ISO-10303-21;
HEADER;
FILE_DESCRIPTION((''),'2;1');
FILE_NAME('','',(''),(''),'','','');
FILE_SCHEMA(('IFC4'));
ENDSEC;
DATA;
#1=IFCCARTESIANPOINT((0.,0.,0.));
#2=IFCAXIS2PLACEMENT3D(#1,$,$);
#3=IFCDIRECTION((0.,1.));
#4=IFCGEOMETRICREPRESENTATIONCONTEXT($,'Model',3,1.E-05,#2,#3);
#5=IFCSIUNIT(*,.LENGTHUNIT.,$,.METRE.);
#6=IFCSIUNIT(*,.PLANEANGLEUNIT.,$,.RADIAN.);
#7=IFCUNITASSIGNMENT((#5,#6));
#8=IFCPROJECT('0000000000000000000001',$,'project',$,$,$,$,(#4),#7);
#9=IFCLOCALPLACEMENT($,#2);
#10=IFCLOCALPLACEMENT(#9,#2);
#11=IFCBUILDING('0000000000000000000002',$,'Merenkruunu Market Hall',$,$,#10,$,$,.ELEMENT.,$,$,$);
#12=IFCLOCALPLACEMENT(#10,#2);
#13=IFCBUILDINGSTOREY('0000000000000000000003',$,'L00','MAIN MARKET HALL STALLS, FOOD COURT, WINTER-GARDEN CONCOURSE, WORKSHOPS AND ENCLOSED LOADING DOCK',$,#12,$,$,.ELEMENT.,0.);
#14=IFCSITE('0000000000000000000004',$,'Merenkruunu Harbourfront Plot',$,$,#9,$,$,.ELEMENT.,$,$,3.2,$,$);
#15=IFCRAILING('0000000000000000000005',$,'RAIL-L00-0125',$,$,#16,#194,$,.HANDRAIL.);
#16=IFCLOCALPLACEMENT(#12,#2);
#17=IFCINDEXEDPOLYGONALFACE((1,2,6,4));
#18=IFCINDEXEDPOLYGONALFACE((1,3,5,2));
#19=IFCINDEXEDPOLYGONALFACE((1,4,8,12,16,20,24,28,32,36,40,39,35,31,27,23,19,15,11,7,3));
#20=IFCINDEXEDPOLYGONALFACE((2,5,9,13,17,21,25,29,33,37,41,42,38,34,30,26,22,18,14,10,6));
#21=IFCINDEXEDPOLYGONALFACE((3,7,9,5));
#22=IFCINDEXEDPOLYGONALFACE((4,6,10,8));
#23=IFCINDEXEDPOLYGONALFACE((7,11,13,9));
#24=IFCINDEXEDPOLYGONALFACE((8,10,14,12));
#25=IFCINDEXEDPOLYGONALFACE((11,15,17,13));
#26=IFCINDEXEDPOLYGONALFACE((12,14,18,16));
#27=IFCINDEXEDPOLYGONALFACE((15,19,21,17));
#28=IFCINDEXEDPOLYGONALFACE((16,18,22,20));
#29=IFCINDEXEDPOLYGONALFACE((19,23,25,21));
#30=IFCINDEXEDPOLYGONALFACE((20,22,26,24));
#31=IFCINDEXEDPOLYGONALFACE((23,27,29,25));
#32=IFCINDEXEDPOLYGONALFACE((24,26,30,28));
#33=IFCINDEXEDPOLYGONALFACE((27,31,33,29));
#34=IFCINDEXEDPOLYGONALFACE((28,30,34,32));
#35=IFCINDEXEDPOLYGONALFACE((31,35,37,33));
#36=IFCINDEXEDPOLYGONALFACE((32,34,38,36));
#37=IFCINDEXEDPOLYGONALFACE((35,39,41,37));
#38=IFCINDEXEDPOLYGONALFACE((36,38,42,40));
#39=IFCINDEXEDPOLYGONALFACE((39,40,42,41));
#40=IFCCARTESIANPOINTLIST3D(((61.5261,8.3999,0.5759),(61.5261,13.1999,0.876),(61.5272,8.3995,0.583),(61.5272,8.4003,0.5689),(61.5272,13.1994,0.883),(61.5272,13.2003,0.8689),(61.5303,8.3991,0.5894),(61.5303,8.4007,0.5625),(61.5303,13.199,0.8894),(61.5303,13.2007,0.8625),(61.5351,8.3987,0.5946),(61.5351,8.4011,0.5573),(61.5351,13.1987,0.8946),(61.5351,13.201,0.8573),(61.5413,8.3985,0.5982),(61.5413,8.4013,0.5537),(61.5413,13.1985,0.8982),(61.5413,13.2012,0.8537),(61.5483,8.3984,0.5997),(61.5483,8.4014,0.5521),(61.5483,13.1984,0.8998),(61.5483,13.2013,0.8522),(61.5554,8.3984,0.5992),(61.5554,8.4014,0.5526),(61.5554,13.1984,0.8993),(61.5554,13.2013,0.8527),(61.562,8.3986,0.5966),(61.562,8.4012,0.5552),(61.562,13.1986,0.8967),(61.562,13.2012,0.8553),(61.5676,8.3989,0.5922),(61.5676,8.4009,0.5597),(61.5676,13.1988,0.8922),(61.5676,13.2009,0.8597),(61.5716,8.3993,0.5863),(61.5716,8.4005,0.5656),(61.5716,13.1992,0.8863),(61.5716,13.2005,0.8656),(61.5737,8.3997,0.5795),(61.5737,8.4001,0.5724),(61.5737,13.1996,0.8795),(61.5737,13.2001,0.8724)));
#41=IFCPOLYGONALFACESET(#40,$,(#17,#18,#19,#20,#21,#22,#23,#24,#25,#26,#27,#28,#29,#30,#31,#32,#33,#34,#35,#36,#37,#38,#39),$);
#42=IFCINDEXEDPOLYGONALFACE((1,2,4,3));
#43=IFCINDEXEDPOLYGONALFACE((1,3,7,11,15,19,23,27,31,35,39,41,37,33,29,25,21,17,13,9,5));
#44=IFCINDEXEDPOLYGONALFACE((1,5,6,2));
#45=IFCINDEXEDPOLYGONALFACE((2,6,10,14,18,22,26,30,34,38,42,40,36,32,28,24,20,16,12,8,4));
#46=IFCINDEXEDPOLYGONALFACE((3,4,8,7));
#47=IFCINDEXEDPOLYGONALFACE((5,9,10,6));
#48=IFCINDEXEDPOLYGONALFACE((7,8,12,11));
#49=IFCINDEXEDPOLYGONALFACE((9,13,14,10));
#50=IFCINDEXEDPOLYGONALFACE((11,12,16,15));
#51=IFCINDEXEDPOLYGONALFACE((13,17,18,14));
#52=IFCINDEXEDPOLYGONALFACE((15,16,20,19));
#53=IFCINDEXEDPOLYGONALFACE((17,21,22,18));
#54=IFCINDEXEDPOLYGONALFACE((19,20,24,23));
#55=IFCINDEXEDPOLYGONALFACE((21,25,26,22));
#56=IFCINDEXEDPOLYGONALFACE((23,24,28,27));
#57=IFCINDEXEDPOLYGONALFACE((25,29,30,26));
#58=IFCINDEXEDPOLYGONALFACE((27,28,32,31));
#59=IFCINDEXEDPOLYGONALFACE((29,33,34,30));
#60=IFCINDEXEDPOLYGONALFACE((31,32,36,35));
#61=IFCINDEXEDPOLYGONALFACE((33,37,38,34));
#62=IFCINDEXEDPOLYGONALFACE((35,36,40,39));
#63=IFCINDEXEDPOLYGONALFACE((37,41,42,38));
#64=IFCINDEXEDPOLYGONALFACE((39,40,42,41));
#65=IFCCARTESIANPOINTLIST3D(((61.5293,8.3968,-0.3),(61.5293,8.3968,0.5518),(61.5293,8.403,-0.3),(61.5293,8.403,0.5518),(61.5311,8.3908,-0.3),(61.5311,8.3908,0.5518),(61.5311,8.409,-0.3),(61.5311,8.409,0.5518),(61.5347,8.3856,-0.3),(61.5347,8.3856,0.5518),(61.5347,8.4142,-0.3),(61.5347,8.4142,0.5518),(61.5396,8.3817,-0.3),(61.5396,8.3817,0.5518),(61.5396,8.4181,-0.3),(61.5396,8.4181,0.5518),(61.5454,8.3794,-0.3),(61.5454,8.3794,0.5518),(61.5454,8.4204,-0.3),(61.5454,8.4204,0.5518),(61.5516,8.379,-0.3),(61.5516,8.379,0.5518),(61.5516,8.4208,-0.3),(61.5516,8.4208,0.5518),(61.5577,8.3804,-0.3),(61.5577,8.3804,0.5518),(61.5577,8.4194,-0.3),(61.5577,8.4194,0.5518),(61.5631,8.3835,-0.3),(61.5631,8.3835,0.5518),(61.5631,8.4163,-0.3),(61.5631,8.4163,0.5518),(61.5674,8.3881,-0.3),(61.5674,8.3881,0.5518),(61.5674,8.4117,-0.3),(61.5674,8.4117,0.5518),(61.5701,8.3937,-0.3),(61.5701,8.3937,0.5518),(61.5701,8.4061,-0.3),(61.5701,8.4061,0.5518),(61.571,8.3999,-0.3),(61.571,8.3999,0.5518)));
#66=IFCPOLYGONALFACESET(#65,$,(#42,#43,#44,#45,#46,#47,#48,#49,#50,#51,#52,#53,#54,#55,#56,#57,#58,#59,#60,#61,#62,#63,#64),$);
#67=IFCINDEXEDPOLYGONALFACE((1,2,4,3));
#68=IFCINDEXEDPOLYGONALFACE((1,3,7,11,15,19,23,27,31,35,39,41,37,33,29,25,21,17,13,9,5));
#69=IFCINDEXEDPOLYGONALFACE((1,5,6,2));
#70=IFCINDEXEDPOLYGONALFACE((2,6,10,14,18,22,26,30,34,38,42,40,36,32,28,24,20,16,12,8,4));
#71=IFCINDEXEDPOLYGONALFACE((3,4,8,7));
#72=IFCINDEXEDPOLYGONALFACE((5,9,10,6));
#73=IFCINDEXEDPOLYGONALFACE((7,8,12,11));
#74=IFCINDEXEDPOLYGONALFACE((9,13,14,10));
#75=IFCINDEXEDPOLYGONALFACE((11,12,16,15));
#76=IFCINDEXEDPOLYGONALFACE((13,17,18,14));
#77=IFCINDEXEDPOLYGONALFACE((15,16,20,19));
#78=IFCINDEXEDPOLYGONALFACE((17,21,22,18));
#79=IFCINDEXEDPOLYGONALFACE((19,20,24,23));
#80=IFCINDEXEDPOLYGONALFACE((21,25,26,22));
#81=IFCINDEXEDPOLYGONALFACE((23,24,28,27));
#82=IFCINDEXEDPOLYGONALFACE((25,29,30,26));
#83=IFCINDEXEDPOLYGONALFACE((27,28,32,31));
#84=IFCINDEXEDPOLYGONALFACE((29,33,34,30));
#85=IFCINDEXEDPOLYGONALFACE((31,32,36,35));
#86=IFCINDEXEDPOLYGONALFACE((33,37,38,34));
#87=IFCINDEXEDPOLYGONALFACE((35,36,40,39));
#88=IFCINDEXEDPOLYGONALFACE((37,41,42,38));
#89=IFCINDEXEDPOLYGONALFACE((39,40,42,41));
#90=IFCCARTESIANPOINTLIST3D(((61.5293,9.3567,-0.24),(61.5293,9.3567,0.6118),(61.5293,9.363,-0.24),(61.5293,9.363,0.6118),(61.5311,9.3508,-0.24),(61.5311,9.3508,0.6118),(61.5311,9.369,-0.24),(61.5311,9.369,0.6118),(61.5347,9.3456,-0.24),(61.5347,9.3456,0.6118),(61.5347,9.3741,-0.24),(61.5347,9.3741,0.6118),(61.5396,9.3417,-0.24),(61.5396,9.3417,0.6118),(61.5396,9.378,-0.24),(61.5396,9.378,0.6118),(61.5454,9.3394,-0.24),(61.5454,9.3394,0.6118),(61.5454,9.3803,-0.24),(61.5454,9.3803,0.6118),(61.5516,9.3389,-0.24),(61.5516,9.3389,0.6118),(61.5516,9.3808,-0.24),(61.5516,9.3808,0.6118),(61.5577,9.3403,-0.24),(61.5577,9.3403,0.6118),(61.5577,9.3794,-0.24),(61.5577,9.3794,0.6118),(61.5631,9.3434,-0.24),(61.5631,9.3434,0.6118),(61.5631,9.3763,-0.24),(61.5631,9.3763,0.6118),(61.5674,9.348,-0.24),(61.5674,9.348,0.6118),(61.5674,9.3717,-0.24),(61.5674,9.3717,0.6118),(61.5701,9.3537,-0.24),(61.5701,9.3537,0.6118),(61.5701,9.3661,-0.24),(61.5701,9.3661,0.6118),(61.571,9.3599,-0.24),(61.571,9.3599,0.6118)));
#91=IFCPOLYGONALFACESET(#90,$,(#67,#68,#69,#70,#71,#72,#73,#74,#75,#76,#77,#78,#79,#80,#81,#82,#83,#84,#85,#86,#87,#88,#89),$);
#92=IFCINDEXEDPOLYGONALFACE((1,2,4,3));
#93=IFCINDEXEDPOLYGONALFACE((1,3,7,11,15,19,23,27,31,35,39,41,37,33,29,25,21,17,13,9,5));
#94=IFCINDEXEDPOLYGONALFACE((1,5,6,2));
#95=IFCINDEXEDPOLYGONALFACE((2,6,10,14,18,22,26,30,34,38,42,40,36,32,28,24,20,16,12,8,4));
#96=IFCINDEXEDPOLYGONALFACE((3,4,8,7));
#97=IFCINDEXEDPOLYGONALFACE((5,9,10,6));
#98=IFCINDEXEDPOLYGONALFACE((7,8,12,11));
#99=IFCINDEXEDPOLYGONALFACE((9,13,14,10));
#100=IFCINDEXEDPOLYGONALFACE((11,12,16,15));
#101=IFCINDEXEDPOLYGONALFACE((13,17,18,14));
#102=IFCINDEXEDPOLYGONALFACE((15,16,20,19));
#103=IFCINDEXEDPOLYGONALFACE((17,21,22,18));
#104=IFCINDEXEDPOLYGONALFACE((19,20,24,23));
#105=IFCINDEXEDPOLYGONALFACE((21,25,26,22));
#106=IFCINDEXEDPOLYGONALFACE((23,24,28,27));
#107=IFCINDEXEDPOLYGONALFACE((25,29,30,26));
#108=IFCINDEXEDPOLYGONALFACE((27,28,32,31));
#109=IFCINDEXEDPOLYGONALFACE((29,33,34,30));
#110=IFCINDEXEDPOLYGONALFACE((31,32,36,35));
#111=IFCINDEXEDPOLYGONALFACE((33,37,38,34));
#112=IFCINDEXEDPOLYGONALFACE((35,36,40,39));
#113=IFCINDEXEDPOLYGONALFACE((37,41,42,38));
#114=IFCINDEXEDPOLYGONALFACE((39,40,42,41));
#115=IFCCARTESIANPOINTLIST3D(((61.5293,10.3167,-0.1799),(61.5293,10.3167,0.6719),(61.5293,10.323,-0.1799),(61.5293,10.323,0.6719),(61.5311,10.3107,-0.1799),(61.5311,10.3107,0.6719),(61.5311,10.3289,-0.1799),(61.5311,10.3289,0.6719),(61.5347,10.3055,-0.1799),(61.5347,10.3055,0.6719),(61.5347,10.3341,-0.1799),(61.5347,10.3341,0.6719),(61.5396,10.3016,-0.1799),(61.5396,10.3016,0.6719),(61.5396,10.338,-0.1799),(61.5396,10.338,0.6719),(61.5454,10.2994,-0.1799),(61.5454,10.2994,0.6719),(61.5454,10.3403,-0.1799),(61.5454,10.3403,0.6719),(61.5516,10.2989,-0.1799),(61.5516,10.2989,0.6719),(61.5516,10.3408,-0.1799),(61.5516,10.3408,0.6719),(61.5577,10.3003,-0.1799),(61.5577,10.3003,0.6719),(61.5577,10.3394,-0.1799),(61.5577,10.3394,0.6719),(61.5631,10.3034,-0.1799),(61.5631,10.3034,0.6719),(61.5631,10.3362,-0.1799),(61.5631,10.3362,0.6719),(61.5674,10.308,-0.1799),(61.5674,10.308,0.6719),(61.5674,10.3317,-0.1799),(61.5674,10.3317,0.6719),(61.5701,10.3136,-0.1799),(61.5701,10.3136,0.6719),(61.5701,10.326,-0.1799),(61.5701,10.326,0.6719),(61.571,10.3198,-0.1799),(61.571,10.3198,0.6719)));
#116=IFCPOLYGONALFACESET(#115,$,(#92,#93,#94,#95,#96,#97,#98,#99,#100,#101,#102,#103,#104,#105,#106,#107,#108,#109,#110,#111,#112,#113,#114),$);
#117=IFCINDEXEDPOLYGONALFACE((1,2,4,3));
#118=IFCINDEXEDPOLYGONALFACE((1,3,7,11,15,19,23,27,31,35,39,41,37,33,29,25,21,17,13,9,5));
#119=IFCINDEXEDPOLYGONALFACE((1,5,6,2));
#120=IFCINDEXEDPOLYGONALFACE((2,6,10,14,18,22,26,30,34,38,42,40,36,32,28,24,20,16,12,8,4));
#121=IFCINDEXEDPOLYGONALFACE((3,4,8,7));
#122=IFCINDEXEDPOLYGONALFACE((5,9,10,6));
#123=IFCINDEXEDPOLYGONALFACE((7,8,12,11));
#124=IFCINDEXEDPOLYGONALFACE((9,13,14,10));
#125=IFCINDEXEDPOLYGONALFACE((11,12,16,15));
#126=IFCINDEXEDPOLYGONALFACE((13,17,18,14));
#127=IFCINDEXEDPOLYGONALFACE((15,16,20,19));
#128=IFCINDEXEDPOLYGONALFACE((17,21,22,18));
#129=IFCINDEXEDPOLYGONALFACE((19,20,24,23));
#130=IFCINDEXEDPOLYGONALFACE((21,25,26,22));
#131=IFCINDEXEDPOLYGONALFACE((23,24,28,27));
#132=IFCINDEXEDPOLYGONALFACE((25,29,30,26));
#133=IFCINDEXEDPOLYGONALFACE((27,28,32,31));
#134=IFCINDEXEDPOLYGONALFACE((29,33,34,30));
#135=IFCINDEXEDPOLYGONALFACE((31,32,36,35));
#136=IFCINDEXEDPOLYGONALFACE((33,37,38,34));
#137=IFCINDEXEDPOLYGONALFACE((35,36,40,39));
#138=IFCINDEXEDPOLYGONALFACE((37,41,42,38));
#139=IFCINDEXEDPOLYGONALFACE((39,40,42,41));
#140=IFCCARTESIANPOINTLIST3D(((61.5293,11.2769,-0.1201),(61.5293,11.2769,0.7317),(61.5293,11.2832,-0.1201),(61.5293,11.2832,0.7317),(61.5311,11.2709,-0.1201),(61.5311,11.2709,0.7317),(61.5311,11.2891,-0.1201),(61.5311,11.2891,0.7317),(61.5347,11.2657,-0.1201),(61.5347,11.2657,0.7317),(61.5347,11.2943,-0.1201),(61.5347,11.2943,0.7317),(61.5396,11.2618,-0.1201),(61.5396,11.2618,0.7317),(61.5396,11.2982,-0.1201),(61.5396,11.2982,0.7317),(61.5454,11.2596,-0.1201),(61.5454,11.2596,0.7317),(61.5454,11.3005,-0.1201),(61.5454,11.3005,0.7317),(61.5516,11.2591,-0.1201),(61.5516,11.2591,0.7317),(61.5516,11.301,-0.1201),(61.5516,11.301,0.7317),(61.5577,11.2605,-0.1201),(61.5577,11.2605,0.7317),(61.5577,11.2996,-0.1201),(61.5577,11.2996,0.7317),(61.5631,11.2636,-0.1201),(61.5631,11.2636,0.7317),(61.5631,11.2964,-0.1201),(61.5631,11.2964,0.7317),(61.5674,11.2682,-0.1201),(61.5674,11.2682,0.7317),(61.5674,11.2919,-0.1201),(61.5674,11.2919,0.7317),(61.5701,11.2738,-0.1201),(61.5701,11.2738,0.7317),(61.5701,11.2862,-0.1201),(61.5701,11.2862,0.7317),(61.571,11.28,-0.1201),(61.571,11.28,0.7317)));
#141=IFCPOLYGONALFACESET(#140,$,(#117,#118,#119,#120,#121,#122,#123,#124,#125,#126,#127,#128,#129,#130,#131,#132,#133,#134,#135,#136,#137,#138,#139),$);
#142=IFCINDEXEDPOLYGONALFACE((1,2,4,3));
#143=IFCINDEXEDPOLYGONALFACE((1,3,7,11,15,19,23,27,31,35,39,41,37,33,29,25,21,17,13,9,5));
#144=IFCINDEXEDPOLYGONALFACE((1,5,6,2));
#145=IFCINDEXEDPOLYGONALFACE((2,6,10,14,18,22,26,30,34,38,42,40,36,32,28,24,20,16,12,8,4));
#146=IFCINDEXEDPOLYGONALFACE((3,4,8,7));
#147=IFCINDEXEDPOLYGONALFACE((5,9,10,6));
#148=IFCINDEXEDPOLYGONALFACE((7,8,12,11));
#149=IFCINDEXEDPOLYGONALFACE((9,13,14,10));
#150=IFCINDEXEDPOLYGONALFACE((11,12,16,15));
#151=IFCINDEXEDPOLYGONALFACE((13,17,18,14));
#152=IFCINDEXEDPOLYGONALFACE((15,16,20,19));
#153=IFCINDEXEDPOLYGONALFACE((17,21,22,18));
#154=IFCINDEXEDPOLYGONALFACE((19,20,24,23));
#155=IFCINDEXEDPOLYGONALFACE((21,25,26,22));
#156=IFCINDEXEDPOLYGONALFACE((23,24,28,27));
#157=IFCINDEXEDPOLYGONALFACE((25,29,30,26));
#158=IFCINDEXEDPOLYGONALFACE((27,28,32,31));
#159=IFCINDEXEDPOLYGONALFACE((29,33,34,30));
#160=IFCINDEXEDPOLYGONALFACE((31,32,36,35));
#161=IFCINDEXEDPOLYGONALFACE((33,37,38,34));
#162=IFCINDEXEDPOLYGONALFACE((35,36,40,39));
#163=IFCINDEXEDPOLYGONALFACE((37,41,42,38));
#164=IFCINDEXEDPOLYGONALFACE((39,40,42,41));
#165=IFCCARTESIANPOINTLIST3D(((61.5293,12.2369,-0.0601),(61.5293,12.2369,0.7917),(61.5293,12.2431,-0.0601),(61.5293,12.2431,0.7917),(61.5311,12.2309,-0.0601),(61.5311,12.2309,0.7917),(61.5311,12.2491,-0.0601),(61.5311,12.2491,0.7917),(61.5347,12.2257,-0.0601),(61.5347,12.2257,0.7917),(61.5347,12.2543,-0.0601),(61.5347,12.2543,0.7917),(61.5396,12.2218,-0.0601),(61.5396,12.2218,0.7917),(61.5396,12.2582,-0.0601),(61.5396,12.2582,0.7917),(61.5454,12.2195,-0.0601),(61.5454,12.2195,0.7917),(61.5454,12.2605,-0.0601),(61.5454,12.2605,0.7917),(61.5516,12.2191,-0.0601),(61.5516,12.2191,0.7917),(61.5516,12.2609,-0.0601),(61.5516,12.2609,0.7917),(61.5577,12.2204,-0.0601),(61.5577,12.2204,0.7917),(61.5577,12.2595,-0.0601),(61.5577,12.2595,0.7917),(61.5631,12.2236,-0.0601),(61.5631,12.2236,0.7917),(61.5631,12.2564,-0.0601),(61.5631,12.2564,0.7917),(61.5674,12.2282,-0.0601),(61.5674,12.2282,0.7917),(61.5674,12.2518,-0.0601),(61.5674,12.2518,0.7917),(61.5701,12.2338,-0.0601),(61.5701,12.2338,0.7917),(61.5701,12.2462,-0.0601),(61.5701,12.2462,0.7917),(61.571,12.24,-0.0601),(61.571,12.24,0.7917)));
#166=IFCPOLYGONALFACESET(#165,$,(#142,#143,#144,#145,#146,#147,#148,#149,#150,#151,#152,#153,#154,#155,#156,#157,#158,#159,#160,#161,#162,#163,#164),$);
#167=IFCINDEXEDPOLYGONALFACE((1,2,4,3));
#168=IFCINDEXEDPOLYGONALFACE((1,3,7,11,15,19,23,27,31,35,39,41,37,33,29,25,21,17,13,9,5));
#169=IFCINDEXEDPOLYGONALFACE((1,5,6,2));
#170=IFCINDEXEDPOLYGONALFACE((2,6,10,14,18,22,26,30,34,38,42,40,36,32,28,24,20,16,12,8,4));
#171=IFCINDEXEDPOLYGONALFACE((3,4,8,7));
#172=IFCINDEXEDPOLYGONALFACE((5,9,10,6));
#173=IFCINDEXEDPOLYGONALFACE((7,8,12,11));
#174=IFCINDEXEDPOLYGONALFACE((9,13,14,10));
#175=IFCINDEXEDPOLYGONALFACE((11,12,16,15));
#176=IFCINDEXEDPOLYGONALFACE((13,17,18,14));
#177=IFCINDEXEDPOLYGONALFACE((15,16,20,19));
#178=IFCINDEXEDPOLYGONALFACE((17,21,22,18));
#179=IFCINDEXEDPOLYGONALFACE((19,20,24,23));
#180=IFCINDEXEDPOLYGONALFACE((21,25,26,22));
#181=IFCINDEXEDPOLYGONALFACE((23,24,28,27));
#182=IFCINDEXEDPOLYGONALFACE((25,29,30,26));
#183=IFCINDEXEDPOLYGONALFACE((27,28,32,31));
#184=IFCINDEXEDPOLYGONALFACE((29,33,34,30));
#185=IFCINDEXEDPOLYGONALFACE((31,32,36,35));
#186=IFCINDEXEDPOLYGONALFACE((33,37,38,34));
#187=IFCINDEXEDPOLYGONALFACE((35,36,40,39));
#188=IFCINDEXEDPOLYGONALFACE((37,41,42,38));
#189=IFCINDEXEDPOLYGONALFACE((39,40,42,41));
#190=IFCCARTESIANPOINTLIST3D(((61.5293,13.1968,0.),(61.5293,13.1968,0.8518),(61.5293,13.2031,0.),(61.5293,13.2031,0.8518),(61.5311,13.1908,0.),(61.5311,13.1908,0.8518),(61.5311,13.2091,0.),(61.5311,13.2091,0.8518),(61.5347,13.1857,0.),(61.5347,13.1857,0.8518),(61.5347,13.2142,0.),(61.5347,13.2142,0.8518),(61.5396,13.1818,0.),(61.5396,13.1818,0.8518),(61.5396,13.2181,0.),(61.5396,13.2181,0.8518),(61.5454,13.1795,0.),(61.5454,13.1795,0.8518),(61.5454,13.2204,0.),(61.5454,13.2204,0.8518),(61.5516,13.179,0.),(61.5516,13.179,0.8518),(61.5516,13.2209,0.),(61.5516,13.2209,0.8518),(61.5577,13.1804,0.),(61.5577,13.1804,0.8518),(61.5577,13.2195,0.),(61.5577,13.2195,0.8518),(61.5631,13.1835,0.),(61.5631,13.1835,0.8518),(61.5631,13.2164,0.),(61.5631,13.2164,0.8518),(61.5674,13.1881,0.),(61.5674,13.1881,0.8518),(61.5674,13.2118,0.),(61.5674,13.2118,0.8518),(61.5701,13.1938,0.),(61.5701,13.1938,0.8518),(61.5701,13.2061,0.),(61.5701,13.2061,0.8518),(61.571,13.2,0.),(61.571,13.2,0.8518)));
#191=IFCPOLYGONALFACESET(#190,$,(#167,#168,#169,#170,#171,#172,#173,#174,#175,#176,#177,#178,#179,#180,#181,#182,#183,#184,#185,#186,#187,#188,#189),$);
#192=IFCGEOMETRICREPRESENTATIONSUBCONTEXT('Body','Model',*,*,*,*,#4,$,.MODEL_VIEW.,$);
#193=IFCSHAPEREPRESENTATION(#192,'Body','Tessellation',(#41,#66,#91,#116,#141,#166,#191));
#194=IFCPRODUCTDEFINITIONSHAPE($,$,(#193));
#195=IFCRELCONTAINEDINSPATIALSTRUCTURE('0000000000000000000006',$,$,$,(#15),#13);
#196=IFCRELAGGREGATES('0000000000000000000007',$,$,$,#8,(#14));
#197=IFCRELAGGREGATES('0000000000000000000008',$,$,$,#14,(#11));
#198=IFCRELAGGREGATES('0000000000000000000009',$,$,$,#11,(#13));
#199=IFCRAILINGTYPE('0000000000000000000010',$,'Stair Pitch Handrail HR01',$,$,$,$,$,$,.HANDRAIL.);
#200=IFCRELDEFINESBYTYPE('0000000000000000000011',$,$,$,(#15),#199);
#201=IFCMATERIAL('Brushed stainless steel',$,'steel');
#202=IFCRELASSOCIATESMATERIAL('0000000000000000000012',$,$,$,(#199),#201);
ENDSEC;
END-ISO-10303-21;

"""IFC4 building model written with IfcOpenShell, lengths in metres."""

from ifc_helpers import new_model, si_unit, direction, frame, origin, origin_2d, place, context, subcontext, project, spatial, circle, extrude, material, type_object, element, save


model = new_model("IFC4")

# Units and contexts
model_context = context("Model", 3, precision=1e-05, world=origin(), true_north=direction((0.0, 1.0)))
body_context = subcontext(model_context, "Body", "Model", "MODEL_VIEW")
ifc_project = project(units=[si_unit("LENGTHUNIT", "METRE"), si_unit("PLANEANGLEUNIT", "RADIAN")], contexts=[model_context])

# Site, building, storey
site_placement = place(None, origin())
site = spatial("IfcSite", under=ifc_project, at=site_placement, Name="Merenkruunu Harbourfront Plot", CompositionType="ELEMENT", RefElevation=3.2)
building_placement = place(site_placement, origin())
building = spatial("IfcBuilding", under=site, at=building_placement, Name="Merenkruunu Market Hall", CompositionType="ELEMENT")
storey_placement = place(building_placement, origin())
storey = spatial("IfcBuildingStorey", under=building, at=storey_placement, Name="L00", Description="MAIN MARKET HALL STALLS, FOOD COURT, WINTER-GARDEN CONCOURSE, WORKSHOPS AND ENCLOSED LOADING DOCK", CompositionType="ELEMENT", Elevation=0.0)

# Railing
ifc_material_1 = material(Name="Brushed stainless steel", Category="steel")
railing_type = type_object("IfcRailingType", Name="Stair Pitch Handrail HR01", PredefinedType="HANDRAIL", material=ifc_material_1)
for number, where, name in (
    (1, (61.55, 8.3999, -0.3), "RAIL-L00-0125"),
):
    element("IfcRailing", number, at=place(storey_placement, frame(where)), inside=storey, type_object=railing_type, Name=name, PredefinedType="HANDRAIL", context=body_context, shape_type="SweptSolid", body=[
        extrude(circle(Radius=0.0239, at=origin_2d()), frame((0.0, 0.0, 0.876), z_axis=(0.0, 0.998052, 0.062388), x_axis=(-1.0, 0.0, 0.0)), (0.0, 0.0, 1.0), 4.8093),
        extrude(circle(Radius=0.021, at=origin_2d()), origin(), (0.0, 0.0, 1.0), 0.8518),
        extrude(circle(Radius=0.021, at=origin_2d()), frame((0.0, 0.96, 0.0601)), (0.0, 0.0, 1.0), 0.8518),
        extrude(circle(Radius=0.021, at=origin_2d()), frame((0.0, 1.9199, 0.1201)), (0.0, 0.0, 1.0), 0.8518),
        extrude(circle(Radius=0.021, at=origin_2d()), frame((0.0, 2.8801, 0.1799)), (0.0, 0.0, 1.0), 0.8518),
        extrude(circle(Radius=0.021, at=origin_2d()), frame((0.0, 3.8401, 0.24)), (0.0, 0.0, 1.0), 0.8518),
        extrude(circle(Radius=0.021, at=origin_2d()), frame((0.0, 4.8, 0.3)), (0.0, 0.0, 1.0), 0.8518),
    ])

save(model, "model.ifc")
